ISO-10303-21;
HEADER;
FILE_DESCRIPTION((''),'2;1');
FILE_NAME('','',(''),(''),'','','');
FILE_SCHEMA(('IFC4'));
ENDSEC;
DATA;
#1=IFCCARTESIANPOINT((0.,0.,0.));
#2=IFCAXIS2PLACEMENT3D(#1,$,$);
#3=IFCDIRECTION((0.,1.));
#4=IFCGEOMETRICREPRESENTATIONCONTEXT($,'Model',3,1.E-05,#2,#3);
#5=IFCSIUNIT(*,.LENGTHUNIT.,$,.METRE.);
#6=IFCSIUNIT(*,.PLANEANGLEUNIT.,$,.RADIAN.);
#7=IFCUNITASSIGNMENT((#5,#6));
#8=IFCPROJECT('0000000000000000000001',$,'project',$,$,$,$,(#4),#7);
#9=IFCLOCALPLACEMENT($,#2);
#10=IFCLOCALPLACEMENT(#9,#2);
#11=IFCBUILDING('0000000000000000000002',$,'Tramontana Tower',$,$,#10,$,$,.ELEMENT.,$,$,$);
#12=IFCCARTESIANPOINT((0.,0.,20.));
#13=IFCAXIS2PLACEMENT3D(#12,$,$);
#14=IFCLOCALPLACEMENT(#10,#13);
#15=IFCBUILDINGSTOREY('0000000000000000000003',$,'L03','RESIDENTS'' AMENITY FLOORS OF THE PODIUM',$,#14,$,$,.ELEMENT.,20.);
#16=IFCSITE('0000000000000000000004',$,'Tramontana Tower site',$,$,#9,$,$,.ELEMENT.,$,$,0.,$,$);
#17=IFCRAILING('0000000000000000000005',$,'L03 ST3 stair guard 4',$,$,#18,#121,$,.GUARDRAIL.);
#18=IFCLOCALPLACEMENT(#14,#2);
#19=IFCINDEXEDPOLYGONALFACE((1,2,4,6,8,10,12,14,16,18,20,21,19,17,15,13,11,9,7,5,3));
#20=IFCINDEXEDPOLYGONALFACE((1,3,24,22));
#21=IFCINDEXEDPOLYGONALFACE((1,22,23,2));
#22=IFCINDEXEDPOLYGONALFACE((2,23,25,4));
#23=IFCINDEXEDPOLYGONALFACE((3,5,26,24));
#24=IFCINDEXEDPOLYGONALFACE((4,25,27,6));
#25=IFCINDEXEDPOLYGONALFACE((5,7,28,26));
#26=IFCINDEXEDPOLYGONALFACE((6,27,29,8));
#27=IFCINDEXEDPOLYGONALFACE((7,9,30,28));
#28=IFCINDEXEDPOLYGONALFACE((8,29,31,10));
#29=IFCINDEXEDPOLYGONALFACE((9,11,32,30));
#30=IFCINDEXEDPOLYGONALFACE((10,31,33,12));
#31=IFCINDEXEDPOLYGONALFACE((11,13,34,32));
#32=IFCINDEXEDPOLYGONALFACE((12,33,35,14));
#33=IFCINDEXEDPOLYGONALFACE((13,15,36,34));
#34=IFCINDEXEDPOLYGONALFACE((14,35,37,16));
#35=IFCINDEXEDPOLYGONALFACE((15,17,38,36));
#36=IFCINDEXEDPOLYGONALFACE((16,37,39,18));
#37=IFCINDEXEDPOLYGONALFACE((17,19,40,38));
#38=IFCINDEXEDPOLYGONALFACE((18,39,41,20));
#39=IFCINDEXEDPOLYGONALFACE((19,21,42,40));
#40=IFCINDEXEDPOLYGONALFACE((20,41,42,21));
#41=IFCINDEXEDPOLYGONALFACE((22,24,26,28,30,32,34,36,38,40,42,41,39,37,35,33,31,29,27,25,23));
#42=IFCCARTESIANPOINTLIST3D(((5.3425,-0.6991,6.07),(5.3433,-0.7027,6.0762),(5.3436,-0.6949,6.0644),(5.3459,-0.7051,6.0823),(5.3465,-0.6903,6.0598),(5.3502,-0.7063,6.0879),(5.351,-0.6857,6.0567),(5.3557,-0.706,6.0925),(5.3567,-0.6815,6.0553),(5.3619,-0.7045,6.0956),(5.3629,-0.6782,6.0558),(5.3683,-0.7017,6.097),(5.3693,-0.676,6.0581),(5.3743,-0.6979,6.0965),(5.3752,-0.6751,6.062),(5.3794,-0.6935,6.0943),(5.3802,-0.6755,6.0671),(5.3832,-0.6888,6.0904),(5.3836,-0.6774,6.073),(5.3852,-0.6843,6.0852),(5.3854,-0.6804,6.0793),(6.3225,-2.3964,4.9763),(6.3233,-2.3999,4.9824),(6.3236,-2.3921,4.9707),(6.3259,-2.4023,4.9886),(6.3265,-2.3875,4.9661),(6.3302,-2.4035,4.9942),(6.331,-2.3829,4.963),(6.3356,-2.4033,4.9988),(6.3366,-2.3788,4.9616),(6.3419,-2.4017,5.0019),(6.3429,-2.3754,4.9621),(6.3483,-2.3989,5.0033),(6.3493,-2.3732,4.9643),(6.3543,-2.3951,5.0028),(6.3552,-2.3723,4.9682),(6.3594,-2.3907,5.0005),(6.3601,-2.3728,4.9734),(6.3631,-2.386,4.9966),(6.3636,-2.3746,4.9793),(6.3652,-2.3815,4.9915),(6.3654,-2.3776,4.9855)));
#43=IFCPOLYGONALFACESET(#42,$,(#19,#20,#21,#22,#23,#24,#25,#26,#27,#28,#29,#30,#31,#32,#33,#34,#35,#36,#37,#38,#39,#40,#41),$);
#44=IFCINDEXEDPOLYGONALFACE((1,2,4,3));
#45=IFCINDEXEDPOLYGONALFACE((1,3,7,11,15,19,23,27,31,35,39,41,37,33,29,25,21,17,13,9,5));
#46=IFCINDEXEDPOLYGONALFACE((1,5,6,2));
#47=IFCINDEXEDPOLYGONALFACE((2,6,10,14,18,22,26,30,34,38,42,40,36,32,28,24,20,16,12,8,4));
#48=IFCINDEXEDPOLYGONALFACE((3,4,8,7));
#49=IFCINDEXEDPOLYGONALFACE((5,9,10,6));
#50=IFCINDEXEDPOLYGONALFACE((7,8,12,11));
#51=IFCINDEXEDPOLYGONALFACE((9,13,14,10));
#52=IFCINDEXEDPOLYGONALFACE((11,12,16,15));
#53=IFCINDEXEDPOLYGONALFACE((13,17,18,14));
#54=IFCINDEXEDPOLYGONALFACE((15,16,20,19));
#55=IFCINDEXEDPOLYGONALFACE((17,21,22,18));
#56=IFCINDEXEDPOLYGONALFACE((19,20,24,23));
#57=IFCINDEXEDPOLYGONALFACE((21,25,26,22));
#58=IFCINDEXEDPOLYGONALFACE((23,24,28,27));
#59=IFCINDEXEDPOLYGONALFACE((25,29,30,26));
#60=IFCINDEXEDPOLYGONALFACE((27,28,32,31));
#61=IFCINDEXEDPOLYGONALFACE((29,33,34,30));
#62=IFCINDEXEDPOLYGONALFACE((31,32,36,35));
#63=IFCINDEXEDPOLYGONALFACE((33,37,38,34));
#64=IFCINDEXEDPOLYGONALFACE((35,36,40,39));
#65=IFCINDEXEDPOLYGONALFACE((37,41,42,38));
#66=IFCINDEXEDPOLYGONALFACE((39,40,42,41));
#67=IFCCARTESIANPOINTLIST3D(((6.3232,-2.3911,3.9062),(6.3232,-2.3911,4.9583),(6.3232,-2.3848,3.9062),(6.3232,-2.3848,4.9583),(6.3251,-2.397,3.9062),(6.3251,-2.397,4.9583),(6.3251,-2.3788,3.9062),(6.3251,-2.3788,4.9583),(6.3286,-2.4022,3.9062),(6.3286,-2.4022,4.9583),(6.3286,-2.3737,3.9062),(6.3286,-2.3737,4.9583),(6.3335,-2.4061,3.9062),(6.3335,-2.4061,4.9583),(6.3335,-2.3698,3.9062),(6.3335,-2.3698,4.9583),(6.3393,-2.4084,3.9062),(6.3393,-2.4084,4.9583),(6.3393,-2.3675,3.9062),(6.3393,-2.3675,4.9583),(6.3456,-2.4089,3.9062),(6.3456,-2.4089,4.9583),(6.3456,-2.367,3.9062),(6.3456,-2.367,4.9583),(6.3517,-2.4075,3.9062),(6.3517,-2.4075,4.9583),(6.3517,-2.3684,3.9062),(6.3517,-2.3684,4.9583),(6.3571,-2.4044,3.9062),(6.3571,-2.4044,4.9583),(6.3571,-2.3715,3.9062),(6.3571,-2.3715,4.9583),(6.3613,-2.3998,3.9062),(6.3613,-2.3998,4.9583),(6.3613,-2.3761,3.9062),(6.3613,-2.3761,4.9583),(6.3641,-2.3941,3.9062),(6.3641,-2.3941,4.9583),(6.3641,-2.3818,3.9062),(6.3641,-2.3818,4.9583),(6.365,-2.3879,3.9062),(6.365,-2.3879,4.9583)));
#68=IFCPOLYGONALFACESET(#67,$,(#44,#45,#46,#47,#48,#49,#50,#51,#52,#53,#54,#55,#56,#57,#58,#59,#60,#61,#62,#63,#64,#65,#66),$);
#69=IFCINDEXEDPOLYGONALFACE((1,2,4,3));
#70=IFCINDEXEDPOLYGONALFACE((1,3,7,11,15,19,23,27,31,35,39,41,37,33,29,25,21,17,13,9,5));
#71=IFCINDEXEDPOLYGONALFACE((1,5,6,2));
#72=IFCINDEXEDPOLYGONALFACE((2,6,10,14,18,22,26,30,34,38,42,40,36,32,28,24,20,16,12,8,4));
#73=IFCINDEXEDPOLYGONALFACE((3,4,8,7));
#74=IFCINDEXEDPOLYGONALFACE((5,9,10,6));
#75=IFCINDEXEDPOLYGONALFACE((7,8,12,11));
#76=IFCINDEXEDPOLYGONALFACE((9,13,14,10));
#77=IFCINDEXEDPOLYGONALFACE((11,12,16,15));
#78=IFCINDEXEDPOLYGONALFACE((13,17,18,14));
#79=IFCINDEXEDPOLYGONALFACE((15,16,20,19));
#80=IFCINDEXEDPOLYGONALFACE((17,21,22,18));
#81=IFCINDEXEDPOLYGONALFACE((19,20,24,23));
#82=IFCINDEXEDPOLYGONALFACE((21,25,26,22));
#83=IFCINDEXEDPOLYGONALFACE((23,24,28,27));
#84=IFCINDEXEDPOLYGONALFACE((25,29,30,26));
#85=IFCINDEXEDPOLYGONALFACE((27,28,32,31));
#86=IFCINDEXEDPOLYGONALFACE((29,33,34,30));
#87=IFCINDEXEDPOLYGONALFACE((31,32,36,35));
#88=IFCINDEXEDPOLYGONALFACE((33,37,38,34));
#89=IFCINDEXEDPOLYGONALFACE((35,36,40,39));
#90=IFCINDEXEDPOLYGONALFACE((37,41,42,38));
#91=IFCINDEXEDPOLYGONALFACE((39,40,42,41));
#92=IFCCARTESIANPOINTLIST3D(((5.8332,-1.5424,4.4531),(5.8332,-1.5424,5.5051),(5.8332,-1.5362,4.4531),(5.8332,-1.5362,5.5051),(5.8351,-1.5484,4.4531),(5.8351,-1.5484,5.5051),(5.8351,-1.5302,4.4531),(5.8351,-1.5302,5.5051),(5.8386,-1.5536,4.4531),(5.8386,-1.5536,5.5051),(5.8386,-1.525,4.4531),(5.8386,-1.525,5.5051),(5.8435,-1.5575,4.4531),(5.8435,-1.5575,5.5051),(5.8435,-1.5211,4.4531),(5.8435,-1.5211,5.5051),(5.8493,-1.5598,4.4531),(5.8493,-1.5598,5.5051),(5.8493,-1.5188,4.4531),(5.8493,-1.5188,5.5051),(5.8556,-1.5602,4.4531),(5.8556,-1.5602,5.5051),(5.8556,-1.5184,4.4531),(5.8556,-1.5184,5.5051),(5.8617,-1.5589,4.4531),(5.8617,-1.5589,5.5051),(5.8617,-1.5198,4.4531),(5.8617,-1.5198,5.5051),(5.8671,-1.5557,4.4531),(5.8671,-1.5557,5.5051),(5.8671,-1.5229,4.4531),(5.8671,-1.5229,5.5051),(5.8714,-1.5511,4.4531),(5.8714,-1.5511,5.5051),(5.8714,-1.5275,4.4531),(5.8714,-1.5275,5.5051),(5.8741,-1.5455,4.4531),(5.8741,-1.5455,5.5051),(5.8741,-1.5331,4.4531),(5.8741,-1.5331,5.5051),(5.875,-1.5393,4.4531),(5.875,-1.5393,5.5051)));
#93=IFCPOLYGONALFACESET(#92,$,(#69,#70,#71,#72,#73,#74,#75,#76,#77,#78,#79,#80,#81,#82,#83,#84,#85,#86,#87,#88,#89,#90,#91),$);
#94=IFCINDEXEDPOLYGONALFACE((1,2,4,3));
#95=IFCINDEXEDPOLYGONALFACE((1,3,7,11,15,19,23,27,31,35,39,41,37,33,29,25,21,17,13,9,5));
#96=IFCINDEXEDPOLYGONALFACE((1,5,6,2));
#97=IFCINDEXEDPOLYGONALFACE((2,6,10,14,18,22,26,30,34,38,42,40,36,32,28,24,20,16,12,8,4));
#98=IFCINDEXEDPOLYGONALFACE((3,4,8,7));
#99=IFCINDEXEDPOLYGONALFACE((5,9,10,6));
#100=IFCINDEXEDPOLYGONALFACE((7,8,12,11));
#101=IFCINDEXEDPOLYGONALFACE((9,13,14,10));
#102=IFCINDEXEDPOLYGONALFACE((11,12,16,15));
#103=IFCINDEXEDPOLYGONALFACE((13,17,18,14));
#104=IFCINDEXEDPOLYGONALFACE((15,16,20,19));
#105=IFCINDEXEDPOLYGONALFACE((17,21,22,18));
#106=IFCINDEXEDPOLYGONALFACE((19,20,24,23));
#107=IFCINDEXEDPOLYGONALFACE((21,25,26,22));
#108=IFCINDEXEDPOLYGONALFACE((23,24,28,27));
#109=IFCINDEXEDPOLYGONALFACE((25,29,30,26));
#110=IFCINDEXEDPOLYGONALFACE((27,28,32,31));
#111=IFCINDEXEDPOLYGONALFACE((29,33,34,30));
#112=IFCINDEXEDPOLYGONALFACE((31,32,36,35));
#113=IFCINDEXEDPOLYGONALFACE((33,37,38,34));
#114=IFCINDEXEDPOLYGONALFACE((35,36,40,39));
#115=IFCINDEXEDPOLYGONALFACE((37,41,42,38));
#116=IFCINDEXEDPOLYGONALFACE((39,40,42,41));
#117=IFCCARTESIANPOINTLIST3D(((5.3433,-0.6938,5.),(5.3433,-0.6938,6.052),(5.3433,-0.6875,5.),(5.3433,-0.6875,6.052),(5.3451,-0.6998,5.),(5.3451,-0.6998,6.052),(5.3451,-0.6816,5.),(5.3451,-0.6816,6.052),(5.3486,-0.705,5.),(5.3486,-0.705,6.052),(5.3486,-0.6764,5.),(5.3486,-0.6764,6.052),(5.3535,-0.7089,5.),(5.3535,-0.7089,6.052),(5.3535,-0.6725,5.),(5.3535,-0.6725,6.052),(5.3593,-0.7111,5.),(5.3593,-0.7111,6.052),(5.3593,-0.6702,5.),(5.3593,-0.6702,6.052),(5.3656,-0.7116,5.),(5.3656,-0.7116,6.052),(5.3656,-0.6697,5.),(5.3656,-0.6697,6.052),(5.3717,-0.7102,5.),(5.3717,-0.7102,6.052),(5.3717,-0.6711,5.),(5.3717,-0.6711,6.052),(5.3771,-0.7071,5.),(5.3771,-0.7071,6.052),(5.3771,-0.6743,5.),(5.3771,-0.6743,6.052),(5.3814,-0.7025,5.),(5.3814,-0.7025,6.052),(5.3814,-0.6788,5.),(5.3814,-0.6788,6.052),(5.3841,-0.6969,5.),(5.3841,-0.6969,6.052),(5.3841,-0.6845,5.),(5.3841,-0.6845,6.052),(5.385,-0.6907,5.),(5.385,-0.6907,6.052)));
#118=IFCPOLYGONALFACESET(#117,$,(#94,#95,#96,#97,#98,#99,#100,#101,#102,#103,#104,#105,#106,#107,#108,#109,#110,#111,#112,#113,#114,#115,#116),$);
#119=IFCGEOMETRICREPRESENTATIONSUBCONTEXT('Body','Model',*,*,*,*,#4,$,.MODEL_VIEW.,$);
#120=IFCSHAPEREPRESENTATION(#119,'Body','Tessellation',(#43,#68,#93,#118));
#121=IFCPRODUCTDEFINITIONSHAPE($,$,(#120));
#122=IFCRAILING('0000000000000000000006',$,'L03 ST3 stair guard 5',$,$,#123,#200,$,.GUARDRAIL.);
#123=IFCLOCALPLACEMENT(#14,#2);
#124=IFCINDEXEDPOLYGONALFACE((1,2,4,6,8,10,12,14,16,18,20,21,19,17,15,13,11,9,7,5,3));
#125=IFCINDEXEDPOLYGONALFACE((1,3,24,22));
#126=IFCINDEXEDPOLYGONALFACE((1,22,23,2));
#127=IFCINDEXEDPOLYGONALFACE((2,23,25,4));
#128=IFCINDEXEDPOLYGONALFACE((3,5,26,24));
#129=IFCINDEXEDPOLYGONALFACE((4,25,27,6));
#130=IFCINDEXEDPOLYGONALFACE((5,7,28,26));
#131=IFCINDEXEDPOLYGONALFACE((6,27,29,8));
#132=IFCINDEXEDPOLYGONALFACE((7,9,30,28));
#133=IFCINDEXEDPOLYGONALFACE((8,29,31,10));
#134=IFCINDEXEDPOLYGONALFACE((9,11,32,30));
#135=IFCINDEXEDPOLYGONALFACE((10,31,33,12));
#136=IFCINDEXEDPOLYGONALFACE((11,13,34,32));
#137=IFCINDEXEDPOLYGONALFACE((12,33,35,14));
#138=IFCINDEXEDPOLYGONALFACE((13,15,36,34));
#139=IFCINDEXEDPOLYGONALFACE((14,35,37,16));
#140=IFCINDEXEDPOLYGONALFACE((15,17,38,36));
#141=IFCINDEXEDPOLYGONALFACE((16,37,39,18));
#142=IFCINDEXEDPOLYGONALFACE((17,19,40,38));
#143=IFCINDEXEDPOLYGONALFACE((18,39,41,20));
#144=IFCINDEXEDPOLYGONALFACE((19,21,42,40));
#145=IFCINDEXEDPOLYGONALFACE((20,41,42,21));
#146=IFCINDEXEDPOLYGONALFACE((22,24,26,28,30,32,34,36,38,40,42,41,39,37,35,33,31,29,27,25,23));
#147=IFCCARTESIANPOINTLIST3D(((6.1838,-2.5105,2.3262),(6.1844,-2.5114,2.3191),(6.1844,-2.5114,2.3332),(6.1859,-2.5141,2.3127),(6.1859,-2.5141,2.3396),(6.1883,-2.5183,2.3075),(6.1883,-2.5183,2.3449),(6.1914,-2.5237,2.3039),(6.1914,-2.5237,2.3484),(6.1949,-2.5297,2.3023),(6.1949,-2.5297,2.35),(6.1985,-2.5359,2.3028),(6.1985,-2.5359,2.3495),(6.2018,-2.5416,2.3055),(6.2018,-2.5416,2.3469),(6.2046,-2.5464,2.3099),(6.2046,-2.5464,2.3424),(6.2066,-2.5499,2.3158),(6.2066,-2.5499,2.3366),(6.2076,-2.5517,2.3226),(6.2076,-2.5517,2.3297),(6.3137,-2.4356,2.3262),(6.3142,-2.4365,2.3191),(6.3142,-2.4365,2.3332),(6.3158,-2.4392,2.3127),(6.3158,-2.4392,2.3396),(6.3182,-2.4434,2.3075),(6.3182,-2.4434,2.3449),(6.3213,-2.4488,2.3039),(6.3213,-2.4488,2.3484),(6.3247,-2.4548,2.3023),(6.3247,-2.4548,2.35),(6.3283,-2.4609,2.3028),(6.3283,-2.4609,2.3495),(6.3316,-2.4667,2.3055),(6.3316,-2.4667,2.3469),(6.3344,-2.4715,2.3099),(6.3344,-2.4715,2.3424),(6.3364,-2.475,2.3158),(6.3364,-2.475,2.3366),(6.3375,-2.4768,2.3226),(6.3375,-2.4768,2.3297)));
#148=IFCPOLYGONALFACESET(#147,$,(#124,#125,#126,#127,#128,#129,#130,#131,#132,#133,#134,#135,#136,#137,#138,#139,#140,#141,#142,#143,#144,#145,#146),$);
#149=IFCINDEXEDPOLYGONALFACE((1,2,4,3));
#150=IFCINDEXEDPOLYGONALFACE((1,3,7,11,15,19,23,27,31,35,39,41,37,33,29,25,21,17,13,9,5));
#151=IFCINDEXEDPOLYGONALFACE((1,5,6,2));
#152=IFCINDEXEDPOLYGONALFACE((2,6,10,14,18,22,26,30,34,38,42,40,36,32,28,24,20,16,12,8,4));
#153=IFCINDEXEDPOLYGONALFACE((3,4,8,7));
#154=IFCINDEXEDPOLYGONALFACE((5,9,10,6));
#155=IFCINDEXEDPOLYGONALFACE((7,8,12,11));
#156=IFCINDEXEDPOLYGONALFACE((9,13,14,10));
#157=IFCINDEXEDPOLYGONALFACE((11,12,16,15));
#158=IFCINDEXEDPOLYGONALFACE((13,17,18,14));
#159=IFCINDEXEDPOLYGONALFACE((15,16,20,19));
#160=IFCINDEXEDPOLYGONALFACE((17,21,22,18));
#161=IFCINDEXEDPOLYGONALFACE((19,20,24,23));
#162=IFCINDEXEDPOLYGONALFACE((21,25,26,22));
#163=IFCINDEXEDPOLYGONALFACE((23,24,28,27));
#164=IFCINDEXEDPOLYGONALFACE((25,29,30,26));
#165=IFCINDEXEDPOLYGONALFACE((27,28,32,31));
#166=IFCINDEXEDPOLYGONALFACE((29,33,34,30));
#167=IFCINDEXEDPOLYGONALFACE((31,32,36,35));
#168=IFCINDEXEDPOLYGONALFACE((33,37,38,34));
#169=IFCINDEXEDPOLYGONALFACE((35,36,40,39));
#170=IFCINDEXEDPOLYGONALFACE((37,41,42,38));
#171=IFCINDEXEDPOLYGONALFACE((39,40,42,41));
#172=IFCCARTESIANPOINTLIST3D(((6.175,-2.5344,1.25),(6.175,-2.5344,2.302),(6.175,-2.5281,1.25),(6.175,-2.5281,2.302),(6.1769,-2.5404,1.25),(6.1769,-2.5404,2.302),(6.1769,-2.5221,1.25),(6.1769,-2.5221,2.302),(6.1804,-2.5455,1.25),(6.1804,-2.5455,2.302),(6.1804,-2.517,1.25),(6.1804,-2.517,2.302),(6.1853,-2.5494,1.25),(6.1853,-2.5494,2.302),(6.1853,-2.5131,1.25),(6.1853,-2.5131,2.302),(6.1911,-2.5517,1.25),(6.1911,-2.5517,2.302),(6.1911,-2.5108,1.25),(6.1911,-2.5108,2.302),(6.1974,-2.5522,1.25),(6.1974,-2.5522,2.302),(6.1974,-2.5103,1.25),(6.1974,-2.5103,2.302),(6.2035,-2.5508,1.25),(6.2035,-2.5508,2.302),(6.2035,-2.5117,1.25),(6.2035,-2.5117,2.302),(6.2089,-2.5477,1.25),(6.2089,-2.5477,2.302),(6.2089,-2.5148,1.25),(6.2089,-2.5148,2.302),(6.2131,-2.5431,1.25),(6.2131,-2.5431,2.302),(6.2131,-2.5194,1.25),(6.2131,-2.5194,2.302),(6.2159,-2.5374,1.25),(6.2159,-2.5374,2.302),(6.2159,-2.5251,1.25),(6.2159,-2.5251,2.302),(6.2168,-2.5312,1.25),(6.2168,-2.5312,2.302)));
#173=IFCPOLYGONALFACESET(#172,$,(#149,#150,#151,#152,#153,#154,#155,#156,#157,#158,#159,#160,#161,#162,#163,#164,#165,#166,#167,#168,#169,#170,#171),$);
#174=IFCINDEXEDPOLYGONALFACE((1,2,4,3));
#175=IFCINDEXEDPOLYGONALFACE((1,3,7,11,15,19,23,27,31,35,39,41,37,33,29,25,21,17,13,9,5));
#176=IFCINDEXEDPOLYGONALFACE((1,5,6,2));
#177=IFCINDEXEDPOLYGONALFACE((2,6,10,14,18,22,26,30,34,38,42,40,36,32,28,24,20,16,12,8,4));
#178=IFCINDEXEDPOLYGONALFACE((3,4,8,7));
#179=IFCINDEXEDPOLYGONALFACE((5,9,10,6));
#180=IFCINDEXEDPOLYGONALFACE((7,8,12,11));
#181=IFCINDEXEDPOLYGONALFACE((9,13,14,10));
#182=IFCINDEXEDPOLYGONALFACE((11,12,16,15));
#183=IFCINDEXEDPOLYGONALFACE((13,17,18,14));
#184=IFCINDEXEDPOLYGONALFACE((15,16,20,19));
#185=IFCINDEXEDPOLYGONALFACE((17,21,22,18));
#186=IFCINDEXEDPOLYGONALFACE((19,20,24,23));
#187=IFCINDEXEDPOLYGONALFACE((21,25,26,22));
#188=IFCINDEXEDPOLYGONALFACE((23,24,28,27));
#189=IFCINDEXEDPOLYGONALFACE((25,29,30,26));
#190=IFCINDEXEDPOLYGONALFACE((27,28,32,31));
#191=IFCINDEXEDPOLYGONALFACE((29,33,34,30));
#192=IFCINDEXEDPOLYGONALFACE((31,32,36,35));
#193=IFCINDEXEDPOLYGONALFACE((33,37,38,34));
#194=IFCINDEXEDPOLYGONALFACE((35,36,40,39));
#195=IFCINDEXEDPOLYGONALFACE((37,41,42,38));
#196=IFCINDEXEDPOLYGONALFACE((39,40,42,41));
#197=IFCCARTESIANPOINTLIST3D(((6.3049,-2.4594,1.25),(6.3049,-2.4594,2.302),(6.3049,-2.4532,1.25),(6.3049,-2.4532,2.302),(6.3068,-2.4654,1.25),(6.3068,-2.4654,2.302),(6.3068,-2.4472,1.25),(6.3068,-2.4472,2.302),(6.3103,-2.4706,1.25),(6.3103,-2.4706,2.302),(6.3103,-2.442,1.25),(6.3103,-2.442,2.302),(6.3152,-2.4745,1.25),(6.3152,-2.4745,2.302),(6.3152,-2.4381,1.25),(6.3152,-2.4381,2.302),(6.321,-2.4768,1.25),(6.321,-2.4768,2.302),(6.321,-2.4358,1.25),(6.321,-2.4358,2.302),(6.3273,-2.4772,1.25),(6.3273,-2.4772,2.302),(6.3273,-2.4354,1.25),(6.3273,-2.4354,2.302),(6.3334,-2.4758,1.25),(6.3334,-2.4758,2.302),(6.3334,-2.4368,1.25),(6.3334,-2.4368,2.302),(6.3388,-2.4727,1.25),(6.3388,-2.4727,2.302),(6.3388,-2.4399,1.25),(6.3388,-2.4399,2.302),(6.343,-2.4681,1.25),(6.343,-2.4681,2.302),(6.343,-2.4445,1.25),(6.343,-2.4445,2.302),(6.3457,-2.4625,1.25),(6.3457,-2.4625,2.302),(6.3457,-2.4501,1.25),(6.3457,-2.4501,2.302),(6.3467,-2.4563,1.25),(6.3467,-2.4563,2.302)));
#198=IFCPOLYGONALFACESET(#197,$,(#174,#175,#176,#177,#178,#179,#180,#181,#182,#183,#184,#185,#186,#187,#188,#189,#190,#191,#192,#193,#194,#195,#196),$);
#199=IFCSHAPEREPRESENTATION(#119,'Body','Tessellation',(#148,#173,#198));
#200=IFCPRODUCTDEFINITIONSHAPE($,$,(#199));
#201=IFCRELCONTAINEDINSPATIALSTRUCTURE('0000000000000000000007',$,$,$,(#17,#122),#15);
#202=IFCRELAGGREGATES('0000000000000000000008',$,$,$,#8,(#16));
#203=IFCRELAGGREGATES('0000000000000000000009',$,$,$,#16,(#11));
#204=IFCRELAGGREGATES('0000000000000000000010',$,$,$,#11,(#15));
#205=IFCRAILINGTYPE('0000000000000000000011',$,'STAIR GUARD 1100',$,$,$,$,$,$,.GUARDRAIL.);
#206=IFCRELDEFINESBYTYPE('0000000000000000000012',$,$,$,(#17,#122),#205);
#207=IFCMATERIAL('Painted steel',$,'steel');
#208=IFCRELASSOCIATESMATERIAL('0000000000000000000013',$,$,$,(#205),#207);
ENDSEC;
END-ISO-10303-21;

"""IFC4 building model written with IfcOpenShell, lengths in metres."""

from ifc_helpers import new_model, si_unit, direction, frame, origin, origin_2d, place, context, subcontext, project, spatial, circle, extrude, material, type_object, element, save


model = new_model("IFC4")

# Units and contexts
model_context = context("Model", 3, precision=1e-05, world=origin(), true_north=direction((0.0, 1.0)))
body_context = subcontext(model_context, "Body", "Model", "MODEL_VIEW")
ifc_project = project(units=[si_unit("LENGTHUNIT", "METRE"), si_unit("PLANEANGLEUNIT", "RADIAN")], contexts=[model_context])

# Site, building, storey
site_placement = place(None, origin())
site = spatial("IfcSite", under=ifc_project, at=site_placement, Name="Tramontana Tower site", CompositionType="ELEMENT", RefElevation=0.0)
building_placement = place(site_placement, origin())
building = spatial("IfcBuilding", under=site, at=building_placement, Name="Tramontana Tower", CompositionType="ELEMENT")
storey_placement = place(building_placement, frame((0.0, 0.0, 20.0)))
storey = spatial("IfcBuildingStorey", under=building, at=storey_placement, Name="L03", Description="RESIDENTS' AMENITY FLOORS OF THE PODIUM", CompositionType="ELEMENT", Elevation=20.0)

# Railings
ifc_material_1 = material(Name="Painted steel", Category="steel")
railing_type_1 = type_object("IfcRailingType", Name="STAIR GUARD 1100", PredefinedType="GUARDRAIL", material=ifc_material_1)
for number, where, name in (
    (1, (6.344, -2.3879, 3.9062), "L03 ST3 stair guard 4"),
):
    element("IfcRailing", number, at=place(storey_placement, frame(where)), inside=storey, type_object=railing_type_1, Name=name, PredefinedType="GUARDRAIL", context=body_context, shape_type="SweptSolid", body=[
        extrude(circle(Radius=0.0239, at=origin_2d()), frame((0.0, 0.0, 1.0762), z_axis=(-0.436632, 0.75622, 0.487323), x_axis=(-0.866011, -0.500024, 0.0)), (0.0, 0.0, 1.0), 2.2444),
        extrude(circle(Radius=0.021, at=origin_2d()), origin(), (0.0, 0.0, 1.0), 1.052),
        extrude(circle(Radius=0.021, at=origin_2d()), frame((-0.49, 0.8486, 0.5469)), (0.0, 0.0, 1.0), 1.052),
        extrude(circle(Radius=0.021, at=origin_2d()), frame((-0.98, 1.6973, 1.0938)), (0.0, 0.0, 1.0), 1.052),
    ])
for number, where, name in (
    (2, (6.1958, -2.5312, 1.25), "L03 ST3 stair guard 5"),
):
    element("IfcRailing", number, at=place(storey_placement, frame(where)), inside=storey, type_object=railing_type_1, Name=name, PredefinedType="GUARDRAIL", context=body_context, shape_type="SweptSolid", body=[
        extrude(circle(Radius=0.0239, at=origin_2d()), frame((0.0, 0.0, 1.0762), z_axis=(0.866131, 0.499816, 0.0), x_axis=(-0.499816, 0.866131, 0.0)), (0.0, 0.0, 1.0), 0.1499),
        extrude(circle(Radius=0.021, at=origin_2d()), origin(), (0.0, 0.0, 1.0), 1.052),
        extrude(circle(Radius=0.021, at=origin_2d()), frame((0.1299, 0.075, 0.0)), (0.0, 0.0, 1.0), 1.052),
    ])

save(model, "model.ifc")
